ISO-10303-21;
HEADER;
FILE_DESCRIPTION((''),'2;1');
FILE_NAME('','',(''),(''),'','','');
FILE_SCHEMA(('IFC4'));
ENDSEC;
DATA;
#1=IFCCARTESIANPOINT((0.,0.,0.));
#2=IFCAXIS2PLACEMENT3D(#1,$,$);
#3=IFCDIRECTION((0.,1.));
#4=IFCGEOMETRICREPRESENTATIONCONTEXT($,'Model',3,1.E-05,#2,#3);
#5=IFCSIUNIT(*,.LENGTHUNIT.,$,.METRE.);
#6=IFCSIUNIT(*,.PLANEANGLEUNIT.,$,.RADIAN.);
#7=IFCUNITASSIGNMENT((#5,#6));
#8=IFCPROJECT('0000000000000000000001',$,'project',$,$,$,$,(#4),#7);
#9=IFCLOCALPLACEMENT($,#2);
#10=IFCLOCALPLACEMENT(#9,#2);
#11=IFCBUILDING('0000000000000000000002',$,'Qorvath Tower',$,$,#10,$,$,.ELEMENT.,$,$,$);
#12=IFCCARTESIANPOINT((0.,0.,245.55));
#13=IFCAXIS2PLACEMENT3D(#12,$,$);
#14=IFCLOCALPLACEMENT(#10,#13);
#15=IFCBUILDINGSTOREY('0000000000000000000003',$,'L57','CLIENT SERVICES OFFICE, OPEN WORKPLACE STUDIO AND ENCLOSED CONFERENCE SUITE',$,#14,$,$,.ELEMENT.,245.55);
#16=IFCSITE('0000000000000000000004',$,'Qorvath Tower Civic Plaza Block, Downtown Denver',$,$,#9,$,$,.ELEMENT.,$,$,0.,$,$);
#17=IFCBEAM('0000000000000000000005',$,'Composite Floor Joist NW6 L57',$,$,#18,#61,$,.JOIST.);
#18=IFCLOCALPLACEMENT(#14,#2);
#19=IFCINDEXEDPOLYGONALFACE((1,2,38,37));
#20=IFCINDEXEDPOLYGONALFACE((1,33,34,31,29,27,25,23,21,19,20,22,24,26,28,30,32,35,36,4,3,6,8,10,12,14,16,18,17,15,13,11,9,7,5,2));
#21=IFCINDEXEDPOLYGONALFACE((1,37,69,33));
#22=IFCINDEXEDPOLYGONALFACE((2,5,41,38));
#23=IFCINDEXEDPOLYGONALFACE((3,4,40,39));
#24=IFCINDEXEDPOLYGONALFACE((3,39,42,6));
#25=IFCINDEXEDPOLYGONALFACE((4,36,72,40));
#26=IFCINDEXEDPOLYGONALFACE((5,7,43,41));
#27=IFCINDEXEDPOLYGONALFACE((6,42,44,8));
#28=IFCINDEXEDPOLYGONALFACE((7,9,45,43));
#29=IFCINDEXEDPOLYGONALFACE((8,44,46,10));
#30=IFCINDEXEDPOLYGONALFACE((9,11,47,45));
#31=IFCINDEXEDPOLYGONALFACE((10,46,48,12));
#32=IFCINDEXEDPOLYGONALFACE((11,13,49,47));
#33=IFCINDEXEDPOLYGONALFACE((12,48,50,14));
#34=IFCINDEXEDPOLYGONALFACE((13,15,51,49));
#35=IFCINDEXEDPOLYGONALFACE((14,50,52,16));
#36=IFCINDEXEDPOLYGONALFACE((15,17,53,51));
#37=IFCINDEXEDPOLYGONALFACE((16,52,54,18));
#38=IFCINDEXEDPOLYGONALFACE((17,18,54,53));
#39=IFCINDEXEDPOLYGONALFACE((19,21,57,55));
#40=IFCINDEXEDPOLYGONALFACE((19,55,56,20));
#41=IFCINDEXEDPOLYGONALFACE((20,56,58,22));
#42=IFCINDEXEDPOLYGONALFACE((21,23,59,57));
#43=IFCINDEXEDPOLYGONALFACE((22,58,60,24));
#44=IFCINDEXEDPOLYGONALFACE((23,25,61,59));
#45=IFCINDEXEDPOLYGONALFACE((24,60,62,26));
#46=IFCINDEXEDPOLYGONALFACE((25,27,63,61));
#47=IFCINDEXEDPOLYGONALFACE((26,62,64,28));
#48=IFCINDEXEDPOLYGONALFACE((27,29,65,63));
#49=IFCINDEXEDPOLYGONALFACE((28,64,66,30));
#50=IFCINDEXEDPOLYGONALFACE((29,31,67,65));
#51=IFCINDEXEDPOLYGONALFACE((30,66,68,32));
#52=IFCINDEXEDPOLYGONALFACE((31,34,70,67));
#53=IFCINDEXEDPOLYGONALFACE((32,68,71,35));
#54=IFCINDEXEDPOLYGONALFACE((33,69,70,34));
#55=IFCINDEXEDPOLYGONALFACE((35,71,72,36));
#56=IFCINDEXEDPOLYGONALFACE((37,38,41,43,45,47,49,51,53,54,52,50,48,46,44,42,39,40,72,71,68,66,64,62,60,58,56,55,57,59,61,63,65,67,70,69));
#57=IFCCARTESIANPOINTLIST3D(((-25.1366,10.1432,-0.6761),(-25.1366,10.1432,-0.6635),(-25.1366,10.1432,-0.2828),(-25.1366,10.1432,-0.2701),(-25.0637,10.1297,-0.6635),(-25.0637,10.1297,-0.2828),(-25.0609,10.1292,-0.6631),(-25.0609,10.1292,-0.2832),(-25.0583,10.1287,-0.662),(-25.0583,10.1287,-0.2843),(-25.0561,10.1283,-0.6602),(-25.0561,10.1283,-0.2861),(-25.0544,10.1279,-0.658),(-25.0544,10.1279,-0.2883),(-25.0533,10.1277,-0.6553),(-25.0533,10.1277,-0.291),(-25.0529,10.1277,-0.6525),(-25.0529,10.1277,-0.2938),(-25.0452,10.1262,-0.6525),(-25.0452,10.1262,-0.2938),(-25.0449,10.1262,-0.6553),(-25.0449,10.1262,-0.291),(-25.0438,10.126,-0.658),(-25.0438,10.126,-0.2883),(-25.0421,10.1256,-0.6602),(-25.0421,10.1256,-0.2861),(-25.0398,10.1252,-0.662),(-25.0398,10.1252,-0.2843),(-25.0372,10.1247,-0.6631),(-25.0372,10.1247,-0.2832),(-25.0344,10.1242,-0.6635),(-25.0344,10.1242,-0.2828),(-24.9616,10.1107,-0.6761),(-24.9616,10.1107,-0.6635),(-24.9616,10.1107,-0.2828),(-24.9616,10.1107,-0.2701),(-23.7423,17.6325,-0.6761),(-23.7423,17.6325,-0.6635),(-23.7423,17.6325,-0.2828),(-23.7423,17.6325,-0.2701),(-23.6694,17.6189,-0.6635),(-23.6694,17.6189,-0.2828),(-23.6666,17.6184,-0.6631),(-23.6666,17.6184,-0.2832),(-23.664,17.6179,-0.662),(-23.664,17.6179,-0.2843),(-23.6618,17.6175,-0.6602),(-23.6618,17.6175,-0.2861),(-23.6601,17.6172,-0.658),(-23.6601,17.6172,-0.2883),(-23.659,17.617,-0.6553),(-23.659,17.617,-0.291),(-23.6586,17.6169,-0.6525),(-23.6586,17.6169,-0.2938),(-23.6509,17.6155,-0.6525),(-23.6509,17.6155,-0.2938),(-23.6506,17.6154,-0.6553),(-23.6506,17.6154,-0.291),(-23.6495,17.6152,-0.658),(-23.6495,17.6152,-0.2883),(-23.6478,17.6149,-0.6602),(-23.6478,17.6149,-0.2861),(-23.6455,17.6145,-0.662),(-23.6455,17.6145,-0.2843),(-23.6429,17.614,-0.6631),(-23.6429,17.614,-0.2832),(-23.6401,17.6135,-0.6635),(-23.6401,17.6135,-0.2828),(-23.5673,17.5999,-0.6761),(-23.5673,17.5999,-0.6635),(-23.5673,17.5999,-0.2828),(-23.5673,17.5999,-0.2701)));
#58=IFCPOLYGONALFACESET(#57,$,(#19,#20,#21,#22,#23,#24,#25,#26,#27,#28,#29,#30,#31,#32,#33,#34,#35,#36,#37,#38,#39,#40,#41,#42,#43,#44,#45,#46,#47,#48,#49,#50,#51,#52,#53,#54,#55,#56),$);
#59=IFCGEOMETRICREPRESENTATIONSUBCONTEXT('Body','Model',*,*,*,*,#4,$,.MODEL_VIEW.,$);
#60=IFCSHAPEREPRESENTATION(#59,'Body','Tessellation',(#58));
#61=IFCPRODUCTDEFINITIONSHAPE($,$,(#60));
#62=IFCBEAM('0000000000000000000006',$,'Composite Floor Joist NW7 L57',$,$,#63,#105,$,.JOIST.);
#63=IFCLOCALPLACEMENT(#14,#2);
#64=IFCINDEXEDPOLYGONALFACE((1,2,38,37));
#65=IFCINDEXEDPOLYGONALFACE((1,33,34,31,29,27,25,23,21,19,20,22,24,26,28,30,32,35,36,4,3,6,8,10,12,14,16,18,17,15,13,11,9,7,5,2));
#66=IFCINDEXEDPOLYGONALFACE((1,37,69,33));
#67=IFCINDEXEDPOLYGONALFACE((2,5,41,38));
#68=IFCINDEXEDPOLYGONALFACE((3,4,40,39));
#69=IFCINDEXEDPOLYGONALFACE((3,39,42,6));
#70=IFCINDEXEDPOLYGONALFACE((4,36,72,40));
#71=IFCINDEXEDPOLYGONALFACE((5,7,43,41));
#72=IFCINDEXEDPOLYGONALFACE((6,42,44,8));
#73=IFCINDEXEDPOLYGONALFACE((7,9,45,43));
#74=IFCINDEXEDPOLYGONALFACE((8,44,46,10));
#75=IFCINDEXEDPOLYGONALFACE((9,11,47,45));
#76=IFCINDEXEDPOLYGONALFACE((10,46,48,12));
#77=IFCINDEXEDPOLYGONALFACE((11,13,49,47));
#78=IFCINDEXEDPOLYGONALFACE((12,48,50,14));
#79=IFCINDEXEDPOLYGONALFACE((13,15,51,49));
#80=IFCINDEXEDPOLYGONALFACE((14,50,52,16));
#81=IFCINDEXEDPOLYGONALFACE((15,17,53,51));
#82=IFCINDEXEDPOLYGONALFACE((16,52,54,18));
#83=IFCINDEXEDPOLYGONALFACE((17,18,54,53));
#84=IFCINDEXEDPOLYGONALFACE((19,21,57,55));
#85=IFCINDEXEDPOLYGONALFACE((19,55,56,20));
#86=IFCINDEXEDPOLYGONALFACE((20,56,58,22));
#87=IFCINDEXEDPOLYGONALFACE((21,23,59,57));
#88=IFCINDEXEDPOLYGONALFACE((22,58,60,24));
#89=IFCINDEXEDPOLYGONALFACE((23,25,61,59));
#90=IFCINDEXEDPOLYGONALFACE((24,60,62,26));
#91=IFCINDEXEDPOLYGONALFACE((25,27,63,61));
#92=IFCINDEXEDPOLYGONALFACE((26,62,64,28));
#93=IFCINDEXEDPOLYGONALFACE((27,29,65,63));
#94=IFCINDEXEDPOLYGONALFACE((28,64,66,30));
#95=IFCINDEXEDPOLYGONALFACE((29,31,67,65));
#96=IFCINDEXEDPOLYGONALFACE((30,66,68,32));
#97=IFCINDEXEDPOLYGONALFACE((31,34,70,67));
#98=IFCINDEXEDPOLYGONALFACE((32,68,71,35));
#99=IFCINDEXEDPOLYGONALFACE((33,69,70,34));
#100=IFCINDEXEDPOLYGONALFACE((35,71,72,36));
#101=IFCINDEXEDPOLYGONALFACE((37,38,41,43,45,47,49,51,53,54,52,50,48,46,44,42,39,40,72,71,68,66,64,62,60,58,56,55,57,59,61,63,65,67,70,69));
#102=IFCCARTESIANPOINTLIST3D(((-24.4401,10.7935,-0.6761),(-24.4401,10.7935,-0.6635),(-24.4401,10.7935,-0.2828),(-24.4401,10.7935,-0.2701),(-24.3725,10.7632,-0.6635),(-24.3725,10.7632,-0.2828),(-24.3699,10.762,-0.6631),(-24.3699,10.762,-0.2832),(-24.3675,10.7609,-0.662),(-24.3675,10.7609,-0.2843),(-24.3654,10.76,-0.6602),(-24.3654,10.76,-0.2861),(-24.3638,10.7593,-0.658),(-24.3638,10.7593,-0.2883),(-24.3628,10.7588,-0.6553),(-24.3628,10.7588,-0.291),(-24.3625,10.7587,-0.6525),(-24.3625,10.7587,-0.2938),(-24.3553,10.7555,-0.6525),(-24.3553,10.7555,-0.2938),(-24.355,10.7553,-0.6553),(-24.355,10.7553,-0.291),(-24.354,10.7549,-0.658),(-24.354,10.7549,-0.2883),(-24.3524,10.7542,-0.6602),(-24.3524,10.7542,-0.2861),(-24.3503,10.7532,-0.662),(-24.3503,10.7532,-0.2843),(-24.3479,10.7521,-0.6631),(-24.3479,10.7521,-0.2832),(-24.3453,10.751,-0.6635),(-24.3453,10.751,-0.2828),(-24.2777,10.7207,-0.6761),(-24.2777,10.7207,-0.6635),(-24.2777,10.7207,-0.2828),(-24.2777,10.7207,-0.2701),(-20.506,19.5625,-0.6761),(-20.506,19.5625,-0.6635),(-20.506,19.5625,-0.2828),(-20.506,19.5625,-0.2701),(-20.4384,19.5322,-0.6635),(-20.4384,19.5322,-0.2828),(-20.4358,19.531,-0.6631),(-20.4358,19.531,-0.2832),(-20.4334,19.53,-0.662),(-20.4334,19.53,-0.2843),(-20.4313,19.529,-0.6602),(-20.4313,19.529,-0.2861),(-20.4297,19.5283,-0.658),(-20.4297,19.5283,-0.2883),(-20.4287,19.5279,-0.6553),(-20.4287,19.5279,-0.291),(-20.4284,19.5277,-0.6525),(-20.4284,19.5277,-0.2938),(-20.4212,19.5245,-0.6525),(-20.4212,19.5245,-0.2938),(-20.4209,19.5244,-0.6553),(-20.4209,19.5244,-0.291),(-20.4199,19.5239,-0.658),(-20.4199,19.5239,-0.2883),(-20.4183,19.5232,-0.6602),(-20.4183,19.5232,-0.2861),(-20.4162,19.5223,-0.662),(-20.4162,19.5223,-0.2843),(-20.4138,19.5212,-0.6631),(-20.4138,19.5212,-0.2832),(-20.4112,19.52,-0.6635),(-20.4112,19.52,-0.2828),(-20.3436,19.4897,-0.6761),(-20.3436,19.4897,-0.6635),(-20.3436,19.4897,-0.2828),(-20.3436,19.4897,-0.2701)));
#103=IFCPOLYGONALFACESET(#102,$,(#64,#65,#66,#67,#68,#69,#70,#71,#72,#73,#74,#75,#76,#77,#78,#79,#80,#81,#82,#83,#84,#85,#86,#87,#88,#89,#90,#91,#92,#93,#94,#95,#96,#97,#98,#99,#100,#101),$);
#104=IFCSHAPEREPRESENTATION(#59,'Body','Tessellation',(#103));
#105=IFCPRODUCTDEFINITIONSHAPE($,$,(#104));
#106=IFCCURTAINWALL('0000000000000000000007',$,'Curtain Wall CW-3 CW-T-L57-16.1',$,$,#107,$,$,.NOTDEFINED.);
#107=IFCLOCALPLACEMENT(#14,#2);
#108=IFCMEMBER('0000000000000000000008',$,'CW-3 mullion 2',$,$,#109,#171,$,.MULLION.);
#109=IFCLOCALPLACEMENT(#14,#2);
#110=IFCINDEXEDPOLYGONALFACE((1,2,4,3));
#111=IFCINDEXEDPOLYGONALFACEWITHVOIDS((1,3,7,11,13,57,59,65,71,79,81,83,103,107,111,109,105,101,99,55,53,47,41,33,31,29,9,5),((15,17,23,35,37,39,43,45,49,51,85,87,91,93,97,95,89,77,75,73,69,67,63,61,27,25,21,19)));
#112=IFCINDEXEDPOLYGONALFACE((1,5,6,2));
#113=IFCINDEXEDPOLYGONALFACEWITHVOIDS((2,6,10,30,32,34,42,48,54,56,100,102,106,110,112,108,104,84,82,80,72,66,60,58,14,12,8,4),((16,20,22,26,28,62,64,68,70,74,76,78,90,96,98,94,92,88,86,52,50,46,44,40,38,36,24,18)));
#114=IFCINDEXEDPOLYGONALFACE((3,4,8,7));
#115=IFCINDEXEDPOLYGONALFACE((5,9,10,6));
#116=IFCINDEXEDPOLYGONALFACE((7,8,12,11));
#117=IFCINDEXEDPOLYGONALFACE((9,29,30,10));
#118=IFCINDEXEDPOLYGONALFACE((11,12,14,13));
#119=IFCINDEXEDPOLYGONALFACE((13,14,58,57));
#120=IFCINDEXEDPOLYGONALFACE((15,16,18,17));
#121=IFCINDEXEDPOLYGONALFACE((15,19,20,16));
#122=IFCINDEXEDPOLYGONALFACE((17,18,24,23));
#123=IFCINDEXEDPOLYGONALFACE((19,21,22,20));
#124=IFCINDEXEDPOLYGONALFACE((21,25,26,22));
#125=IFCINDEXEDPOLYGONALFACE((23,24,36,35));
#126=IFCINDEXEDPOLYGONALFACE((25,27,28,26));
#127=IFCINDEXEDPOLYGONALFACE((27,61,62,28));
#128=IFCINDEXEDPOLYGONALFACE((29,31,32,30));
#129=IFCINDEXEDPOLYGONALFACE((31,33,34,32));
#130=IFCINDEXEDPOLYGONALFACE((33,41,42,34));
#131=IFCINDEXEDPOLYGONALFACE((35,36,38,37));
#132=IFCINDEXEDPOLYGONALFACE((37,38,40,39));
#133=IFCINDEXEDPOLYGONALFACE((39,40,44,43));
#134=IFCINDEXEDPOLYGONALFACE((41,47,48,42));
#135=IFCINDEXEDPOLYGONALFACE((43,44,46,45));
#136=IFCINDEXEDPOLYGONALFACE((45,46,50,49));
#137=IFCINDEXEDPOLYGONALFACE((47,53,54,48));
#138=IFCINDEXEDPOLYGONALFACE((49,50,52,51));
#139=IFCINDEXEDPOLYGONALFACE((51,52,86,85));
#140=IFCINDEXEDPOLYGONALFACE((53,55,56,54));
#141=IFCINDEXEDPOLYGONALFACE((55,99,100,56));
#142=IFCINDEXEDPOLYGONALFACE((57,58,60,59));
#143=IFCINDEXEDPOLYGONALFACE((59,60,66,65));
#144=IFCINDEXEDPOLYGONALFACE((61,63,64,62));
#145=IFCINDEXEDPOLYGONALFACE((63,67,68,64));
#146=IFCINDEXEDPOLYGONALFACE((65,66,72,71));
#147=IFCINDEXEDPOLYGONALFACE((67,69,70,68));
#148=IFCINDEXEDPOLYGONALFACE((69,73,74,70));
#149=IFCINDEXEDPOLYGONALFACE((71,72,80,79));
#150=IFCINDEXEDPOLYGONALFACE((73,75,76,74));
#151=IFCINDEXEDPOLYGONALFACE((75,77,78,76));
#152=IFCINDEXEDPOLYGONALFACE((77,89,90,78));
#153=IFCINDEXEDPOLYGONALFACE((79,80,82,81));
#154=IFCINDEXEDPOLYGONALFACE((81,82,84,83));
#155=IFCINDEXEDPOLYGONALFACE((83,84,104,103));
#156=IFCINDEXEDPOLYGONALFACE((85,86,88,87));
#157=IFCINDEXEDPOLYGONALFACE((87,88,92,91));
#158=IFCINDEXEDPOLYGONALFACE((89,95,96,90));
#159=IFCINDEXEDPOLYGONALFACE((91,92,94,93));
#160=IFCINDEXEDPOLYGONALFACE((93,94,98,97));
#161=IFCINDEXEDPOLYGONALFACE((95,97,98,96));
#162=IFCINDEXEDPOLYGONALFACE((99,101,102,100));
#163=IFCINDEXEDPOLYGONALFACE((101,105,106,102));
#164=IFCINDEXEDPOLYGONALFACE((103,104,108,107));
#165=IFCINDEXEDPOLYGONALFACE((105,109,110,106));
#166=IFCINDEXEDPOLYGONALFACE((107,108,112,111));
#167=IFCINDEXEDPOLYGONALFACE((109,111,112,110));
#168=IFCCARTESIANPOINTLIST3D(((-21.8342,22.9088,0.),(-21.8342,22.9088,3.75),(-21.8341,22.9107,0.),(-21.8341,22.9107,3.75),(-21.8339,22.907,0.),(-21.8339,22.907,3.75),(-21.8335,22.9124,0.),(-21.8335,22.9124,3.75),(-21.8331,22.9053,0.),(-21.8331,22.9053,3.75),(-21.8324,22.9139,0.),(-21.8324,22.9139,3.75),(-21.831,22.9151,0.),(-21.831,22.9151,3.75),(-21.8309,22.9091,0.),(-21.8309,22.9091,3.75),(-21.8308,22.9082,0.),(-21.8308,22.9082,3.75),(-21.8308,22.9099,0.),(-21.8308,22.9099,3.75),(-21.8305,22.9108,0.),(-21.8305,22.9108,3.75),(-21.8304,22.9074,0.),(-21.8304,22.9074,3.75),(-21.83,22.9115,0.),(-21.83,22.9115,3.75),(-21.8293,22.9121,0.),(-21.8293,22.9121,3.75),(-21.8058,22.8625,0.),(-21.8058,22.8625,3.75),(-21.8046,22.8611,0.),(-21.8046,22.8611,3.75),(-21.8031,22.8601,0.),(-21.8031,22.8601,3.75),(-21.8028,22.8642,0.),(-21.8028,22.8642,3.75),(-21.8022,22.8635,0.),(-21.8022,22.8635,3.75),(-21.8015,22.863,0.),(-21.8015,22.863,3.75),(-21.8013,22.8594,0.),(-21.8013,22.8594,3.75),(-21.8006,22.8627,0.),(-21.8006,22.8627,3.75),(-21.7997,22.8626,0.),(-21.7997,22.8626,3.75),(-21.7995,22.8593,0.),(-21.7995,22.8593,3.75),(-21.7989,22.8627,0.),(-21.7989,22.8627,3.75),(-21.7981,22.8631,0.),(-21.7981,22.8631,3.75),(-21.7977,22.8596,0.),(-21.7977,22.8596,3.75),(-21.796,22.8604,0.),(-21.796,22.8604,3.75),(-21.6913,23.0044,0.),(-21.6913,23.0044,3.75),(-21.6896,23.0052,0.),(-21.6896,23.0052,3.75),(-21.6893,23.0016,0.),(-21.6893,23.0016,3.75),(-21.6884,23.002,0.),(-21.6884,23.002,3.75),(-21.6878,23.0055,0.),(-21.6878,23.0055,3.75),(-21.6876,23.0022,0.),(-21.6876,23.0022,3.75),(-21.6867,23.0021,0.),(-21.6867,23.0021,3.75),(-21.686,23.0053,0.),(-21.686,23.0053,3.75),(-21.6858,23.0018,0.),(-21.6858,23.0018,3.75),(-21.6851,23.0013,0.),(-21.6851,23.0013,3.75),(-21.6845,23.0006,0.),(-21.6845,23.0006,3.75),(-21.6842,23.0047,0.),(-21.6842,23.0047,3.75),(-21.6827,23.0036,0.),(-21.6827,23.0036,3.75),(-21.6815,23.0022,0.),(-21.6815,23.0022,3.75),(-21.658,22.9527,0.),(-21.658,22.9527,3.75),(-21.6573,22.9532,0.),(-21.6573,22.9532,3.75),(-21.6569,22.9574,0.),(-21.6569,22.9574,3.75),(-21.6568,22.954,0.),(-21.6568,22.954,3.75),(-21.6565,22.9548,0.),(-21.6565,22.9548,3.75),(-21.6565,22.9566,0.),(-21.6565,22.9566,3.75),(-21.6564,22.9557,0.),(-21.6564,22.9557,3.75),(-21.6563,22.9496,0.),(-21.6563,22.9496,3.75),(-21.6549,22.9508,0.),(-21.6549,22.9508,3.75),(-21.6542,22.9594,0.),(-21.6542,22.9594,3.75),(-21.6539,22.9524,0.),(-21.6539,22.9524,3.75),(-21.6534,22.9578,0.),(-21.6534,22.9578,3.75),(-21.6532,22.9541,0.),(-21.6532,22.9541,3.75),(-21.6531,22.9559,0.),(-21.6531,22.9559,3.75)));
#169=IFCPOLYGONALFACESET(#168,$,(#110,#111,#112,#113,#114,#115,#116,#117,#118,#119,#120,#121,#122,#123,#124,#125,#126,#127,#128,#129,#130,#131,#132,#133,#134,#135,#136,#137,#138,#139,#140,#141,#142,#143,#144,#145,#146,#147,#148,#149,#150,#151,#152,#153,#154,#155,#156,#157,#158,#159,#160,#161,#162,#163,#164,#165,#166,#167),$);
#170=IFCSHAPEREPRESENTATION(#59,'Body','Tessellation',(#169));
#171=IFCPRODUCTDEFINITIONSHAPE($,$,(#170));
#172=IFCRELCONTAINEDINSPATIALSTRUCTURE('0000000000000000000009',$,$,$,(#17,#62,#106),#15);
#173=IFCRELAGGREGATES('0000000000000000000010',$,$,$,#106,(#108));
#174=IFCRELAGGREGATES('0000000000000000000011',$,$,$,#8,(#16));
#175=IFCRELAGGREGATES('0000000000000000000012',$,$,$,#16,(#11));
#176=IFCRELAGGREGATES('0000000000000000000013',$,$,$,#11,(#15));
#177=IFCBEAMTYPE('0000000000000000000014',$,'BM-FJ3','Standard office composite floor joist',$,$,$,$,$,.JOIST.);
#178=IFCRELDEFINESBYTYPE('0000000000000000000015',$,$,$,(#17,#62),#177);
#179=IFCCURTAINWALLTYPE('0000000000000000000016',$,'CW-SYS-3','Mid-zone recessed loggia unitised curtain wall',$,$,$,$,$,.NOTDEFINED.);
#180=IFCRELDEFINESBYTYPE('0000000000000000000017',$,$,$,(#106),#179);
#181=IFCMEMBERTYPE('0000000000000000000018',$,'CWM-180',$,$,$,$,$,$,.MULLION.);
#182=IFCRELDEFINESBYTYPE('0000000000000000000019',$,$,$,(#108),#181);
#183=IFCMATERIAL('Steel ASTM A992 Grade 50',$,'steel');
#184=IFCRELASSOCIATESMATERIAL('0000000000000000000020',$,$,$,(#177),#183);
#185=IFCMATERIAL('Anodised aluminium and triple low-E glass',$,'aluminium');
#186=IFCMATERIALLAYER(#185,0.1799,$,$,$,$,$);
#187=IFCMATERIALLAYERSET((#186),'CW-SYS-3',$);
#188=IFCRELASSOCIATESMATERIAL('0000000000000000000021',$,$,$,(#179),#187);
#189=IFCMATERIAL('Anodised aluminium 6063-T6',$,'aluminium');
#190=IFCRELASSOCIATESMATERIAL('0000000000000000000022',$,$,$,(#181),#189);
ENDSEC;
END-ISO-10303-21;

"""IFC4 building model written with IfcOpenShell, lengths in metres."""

from ifc_helpers import new_model, si_unit, direction, frame, origin, origin_2d, place, context, subcontext, project, spatial, hollow_rectangle, i_section, extrude, material, layer, layer_set, material_profile, profile_set, type_object, element, aggregate, save


model = new_model("IFC4")

# Units and contexts
model_context = context("Model", 3, precision=1e-05, world=origin(), true_north=direction((0.0, 1.0)))
body_context = subcontext(model_context, "Body", "Model", "MODEL_VIEW")
ifc_project = project(units=[si_unit("LENGTHUNIT", "METRE"), si_unit("PLANEANGLEUNIT", "RADIAN")], contexts=[model_context])

# Site, building, storey
site_placement = place(None, origin())
site = spatial("IfcSite", under=ifc_project, at=site_placement, Name="Qorvath Tower Civic Plaza Block, Downtown Denver", CompositionType="ELEMENT", RefElevation=0.0)
building_placement = place(site_placement, origin())
building = spatial("IfcBuilding", under=site, at=building_placement, Name="Qorvath Tower", CompositionType="ELEMENT")
storey_placement = place(building_placement, frame((0.0, 0.0, 245.55)))
storey = spatial("IfcBuildingStorey", under=building, at=storey_placement, Name="L57", Description="CLIENT SERVICES OFFICE, OPEN WORKPLACE STUDIO AND ENCLOSED CONFERENCE SUITE", CompositionType="ELEMENT", Elevation=245.55)

# Beams
ifc_material_1 = material(Name="Steel ASTM A992 Grade 50", Category="steel")
ifc_material_profile_1 = material_profile(ifc_material_1, i_section(OverallWidth=0.178, OverallDepth=0.406, WebThickness=0.0078, FlangeThickness=0.0127, FilletRadius=0.011, at=origin_2d()), Name="W16x40")
ifc_profile_set_1 = profile_set([ifc_material_profile_1], Name="Steel ASTM A992 Grade 50")
beam_type_1 = type_object("IfcBeamType", Name="BM-FJ3", Description="Standard office composite floor joist", PredefinedType="JOIST", material=ifc_profile_set_1)
beam_1_placement = place(storey_placement, frame((-25.0491, 10.127, -0.4731), z_axis=(0.183027, 0.983108, 0.0), x_axis=(-0.983108, 0.183027, 0.0)))
element("IfcBeam", 1, at=beam_1_placement, inside=storey, type_object=beam_type_1, Name="Composite Floor Joist NW6 L57", PredefinedType="JOIST", context=body_context, shape_type="SweptSolid", body=[
    extrude(i_section(OverallWidth=0.178, OverallDepth=0.406, WebThickness=0.0078, FlangeThickness=0.0127, FilletRadius=0.011, at=origin_2d()), origin(), (0.0, 0.0, 1.0), 7.6179),
])
beam_2_placement = place(storey_placement, frame((-24.3589, 10.7571, -0.4731), z_axis=(0.409327, 0.912388, 0.0), x_axis=(-0.912388, 0.409327, 0.0)))
element("IfcBeam", 2, at=beam_2_placement, inside=storey, type_object=beam_type_1, Name="Composite Floor Joist NW7 L57", PredefinedType="JOIST", context=body_context, shape_type="SweptSolid", body=[
    extrude(i_section(OverallWidth=0.178, OverallDepth=0.406, WebThickness=0.0078, FlangeThickness=0.0127, FilletRadius=0.011, at=origin_2d()), origin(), (0.0, 0.0, 1.0), 9.6111),
])

# Curtain wall, member
ifc_material_2 = material(Name="Anodised aluminium and triple low-E glass", Category="aluminium")
ifc_layer_1 = layer(ifc_material_2, 0.1799)
ifc_layer_set_1 = layer_set([ifc_layer_1], Name="CW-SYS-3")
curtain_wall_type = type_object("IfcCurtainWallType", Name="CW-SYS-3", Description="Mid-zone recessed loggia unitised curtain wall", PredefinedType="NOTDEFINED", material=ifc_layer_set_1)
curtain_wall_1_placement = place(storey_placement, origin())
curtain_wall_1 = element("IfcCurtainWall", 3, at=curtain_wall_1_placement, inside=storey, type_object=curtain_wall_type, Name="Curtain Wall CW-3 CW-T-L57-16.1", PredefinedType="NOTDEFINED")
ifc_material_3 = material(Name="Anodised aluminium 6063-T6", Category="aluminium")
ifc_material_profile_2 = material_profile(ifc_material_3, hollow_rectangle(XDim=0.0649, YDim=0.1799, WallThickness=0.0034, InnerFilletRadius=0.0034, OuterFilletRadius=0.0071, at=origin_2d()), Name="CWM 180x65")
ifc_profile_set_2 = profile_set([ifc_material_profile_2], Name="Anodised aluminium 6063-T6")
member_type_1 = type_object("IfcMemberType", Name="CWM-180", PredefinedType="MULLION", material=ifc_profile_set_2)
member_1_placement = place(storey_placement, frame((-21.7437, 22.9324, 0.0), z_axis=(0.0, 0.0, 1.0), x_axis=(0.538527, -0.842608, 0.0)))
member_1 = element("IfcMember", 4, at=member_1_placement, type_object=member_type_1, Name="CW-3 mullion 2", PredefinedType="MULLION", context=body_context, shape_type="SweptSolid", body=[
    extrude(hollow_rectangle(XDim=0.0649, YDim=0.1799, WallThickness=0.0034, InnerFilletRadius=0.0034, OuterFilletRadius=0.0071, at=origin_2d()), origin(), (0.0, 0.0, 1.0), 3.75),
])

aggregate(curtain_wall_1, [member_1])

save(model, "model.ifc")
